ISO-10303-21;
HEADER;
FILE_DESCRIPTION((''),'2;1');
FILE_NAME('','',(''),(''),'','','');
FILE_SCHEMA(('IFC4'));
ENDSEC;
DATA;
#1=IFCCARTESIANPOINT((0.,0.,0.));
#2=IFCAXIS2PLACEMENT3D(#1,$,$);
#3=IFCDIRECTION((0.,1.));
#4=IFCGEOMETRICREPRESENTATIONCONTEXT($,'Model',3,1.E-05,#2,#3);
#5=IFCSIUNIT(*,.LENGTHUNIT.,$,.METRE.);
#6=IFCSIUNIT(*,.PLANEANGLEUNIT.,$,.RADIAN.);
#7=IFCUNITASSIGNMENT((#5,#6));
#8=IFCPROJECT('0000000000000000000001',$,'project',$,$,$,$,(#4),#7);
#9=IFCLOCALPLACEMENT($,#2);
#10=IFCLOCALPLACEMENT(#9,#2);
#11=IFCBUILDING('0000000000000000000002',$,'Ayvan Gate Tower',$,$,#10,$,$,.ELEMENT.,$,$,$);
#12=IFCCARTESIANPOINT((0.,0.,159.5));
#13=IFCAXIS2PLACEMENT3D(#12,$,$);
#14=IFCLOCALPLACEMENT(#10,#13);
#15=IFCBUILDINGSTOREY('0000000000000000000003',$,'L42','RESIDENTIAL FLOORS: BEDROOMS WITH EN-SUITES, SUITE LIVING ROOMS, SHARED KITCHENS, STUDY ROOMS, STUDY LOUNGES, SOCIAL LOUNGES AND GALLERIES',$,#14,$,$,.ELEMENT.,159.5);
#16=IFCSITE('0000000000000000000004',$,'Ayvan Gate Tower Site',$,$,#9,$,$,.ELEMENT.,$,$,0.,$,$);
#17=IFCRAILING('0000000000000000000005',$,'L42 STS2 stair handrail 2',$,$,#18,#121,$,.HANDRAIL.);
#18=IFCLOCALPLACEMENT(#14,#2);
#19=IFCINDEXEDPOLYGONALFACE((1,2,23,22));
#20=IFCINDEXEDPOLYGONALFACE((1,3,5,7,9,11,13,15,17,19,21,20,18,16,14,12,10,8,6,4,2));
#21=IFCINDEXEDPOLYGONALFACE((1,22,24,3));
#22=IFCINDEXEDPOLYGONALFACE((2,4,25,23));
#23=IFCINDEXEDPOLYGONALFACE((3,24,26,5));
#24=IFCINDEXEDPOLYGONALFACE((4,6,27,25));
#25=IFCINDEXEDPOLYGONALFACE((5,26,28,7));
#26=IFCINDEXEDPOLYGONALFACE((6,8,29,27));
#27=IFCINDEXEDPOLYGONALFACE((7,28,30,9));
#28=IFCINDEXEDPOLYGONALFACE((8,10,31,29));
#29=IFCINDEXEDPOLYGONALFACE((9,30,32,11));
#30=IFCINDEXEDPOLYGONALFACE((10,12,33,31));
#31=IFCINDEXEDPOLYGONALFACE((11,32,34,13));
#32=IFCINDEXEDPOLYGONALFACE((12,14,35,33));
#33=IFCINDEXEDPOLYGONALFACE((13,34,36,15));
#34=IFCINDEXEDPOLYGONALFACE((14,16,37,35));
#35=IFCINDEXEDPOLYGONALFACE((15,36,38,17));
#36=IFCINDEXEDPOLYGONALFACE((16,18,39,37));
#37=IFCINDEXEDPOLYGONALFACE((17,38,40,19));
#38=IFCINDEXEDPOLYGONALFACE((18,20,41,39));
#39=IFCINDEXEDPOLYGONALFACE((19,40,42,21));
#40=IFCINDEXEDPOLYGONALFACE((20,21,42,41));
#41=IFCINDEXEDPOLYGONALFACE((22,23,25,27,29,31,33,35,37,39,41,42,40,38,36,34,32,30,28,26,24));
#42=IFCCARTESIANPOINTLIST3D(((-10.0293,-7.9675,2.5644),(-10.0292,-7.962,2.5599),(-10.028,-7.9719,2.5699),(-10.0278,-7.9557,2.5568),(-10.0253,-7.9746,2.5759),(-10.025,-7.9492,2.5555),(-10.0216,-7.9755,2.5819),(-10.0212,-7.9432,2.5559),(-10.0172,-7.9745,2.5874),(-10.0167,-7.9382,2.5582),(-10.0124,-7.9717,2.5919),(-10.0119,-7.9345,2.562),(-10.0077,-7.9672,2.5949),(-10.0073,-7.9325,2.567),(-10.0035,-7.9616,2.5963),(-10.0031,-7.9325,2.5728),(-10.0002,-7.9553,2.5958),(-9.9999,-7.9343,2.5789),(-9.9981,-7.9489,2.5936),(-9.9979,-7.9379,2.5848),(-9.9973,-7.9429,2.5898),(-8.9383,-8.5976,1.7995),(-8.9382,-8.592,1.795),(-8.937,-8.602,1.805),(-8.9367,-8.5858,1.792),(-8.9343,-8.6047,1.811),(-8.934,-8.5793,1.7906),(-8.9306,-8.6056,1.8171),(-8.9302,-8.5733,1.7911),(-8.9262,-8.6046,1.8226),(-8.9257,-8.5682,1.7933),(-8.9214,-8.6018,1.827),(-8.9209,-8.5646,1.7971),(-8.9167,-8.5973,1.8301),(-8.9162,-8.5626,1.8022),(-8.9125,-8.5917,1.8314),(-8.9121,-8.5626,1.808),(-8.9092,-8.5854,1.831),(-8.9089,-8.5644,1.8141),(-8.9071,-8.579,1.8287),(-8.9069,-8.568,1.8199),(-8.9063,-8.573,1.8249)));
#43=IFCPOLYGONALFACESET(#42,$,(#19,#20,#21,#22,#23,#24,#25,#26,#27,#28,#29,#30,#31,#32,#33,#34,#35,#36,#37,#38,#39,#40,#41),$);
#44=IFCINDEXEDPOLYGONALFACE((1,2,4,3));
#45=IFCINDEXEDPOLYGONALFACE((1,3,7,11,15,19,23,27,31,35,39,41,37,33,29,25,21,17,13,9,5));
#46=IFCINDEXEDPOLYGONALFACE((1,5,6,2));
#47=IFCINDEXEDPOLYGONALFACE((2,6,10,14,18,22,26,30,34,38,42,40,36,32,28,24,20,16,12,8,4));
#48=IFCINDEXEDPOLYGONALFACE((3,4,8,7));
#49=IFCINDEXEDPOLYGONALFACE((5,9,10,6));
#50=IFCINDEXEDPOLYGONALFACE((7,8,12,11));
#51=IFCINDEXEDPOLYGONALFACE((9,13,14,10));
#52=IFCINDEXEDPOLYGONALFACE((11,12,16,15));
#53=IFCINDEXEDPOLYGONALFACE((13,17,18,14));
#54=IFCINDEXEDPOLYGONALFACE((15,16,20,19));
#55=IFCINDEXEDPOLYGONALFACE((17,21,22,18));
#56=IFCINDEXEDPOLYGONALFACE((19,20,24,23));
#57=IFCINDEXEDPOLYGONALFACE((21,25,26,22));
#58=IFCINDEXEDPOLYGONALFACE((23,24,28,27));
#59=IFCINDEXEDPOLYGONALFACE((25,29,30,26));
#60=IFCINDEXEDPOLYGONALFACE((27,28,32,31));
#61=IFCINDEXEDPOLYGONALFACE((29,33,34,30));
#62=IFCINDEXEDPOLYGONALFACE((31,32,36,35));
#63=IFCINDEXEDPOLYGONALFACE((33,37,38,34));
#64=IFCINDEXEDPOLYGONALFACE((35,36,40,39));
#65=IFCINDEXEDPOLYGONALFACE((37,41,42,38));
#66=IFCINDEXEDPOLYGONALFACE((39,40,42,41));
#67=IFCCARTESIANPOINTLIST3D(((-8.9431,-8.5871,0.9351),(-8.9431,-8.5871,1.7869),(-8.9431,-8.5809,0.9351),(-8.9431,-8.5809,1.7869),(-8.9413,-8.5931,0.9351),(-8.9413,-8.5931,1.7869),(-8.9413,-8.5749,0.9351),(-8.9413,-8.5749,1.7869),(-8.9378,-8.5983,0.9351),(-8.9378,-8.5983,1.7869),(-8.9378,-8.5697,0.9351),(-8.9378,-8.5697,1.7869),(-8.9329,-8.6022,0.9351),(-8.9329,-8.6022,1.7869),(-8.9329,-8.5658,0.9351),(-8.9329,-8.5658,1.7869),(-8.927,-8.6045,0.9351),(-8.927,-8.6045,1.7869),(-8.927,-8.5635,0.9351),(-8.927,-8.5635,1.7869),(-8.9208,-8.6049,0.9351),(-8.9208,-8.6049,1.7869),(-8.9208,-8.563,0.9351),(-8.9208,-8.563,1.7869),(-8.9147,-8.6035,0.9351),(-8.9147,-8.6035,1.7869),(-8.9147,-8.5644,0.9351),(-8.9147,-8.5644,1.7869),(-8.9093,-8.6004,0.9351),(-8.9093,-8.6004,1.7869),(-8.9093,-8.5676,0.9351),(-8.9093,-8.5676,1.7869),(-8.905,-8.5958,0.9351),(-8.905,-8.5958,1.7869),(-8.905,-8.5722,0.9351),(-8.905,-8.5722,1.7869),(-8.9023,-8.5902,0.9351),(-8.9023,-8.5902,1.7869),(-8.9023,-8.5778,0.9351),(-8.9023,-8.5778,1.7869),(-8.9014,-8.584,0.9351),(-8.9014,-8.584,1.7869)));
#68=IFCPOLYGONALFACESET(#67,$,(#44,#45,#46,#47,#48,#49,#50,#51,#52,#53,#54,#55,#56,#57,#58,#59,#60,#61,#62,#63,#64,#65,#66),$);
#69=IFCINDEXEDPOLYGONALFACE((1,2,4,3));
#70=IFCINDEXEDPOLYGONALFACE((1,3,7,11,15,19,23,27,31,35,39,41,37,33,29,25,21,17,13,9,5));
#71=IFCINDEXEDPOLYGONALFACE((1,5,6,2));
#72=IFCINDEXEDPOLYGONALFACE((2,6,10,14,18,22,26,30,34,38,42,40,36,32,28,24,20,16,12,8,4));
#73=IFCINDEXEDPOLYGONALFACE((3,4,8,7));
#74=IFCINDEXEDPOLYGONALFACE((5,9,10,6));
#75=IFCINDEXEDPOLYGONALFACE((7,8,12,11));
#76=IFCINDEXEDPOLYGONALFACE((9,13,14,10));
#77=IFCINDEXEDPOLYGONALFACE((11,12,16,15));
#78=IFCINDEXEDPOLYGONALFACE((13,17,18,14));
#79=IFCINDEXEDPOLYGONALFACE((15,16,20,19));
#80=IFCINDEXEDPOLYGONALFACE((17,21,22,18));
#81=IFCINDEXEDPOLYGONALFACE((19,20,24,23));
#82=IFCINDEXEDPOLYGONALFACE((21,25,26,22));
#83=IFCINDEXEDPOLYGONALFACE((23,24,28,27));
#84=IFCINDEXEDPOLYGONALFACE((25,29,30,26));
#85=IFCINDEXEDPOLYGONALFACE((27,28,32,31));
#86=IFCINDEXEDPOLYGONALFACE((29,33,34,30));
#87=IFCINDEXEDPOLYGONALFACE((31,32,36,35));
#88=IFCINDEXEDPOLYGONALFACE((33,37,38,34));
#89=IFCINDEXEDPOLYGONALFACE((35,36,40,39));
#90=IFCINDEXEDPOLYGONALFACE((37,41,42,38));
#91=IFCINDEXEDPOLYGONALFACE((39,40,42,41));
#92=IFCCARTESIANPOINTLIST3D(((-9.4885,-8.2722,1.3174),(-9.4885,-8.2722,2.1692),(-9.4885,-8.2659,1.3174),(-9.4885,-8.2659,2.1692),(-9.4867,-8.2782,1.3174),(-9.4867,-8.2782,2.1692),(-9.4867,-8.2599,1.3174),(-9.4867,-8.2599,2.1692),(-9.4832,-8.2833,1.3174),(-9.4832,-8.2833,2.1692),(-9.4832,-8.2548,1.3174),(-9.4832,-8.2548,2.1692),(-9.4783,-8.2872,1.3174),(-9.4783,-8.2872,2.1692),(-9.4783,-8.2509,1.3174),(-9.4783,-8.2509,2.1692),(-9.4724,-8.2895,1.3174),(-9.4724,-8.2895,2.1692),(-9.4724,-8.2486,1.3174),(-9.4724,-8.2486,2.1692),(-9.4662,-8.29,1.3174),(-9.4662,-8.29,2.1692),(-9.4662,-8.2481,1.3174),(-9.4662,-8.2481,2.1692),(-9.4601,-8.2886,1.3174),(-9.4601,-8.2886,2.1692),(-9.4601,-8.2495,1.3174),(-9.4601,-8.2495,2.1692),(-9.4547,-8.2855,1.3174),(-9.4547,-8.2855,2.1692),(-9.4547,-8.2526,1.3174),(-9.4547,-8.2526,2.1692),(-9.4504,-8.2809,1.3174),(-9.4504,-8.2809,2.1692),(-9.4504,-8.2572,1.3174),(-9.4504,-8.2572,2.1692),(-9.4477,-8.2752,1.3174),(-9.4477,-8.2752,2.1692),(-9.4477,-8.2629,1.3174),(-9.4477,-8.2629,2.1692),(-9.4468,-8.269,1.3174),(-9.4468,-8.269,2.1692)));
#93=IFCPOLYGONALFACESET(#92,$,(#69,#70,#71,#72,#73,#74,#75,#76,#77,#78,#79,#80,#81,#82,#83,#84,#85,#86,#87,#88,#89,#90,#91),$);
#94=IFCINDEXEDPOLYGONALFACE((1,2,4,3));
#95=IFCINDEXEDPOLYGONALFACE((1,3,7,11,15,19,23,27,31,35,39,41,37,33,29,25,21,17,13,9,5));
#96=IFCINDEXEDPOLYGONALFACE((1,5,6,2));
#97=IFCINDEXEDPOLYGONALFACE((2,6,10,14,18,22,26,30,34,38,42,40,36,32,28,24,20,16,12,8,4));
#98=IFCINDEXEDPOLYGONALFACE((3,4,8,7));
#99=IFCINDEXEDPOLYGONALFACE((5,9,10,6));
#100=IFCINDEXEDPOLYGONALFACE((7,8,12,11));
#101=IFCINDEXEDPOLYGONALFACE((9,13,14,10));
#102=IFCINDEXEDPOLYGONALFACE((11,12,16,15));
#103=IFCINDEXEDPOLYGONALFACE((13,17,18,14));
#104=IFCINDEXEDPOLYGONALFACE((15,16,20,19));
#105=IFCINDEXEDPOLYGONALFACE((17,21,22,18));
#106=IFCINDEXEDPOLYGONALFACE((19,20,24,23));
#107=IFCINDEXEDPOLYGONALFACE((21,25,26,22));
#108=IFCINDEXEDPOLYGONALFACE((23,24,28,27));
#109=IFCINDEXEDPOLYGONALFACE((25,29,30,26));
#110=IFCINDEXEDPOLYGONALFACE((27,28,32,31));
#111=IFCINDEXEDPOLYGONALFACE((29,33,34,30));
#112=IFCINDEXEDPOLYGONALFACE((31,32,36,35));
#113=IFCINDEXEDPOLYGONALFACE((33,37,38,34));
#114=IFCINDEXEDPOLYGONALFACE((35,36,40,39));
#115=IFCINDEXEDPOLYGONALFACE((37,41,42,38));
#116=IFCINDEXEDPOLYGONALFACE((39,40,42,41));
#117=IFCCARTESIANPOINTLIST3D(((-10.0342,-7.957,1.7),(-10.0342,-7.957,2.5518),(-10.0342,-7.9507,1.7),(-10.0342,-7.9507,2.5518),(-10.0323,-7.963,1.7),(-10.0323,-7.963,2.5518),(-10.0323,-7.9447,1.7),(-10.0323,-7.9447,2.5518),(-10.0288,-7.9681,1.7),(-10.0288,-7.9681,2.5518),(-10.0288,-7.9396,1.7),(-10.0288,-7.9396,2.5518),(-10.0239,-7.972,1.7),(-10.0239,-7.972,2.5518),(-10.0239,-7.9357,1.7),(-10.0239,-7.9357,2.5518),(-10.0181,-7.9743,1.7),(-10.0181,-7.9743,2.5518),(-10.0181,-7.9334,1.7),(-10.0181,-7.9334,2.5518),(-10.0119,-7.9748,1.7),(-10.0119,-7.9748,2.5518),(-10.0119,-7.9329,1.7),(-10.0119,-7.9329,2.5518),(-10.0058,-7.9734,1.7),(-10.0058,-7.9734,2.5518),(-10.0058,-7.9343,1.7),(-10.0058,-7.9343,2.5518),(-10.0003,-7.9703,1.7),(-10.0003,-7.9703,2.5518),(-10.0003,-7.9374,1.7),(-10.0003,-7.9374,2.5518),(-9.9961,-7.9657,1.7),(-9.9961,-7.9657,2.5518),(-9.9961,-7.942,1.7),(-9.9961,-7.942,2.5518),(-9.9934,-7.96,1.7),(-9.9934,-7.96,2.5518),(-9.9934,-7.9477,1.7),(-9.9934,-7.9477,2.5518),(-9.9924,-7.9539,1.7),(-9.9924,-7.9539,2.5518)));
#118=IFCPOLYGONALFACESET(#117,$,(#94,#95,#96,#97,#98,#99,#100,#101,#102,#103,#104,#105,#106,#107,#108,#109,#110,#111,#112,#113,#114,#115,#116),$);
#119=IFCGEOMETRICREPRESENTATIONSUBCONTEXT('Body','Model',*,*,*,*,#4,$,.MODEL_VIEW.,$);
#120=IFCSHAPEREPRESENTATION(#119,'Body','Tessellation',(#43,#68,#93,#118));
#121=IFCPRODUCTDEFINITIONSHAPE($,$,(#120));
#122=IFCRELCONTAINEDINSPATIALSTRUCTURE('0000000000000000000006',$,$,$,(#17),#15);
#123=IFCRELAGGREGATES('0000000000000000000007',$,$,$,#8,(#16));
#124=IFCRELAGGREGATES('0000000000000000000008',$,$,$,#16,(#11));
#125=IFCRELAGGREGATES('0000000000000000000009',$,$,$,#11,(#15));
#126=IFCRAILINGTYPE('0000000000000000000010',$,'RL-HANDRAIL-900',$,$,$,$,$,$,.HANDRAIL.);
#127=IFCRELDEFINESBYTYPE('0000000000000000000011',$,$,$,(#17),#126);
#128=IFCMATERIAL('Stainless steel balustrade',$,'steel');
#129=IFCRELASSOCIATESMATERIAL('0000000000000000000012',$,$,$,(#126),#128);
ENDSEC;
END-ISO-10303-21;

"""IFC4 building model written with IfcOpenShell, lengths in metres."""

from ifc_helpers import new_model, si_unit, direction, frame, origin, origin_2d, place, context, subcontext, project, spatial, circle, extrude, material, type_object, element, save


model = new_model("IFC4")

# Units and contexts
model_context = context("Model", 3, precision=1e-05, world=origin(), true_north=direction((0.0, 1.0)))
body_context = subcontext(model_context, "Body", "Model", "MODEL_VIEW")
ifc_project = project(units=[si_unit("LENGTHUNIT", "METRE"), si_unit("PLANEANGLEUNIT", "RADIAN")], contexts=[model_context])

# Site, building, storey
site_placement = place(None, origin())
site = spatial("IfcSite", under=ifc_project, at=site_placement, Name="Ayvan Gate Tower Site", CompositionType="ELEMENT", RefElevation=0.0)
building_placement = place(site_placement, origin())
building = spatial("IfcBuilding", under=site, at=building_placement, Name="Ayvan Gate Tower", CompositionType="ELEMENT")
storey_placement = place(building_placement, frame((0.0, 0.0, 159.5)))
storey = spatial("IfcBuildingStorey", under=building, at=storey_placement, Name="L42", Description="RESIDENTIAL FLOORS: BEDROOMS WITH EN-SUITES, SUITE LIVING ROOMS, SHARED KITCHENS, STUDY ROOMS, STUDY LOUNGES, SOCIAL LOUNGES AND GALLERIES", CompositionType="ELEMENT", Elevation=159.5)

# Railing
ifc_material_1 = material(Name="Stainless steel balustrade", Category="steel")
railing_type_1 = type_object("IfcRailingType", Name="RL-HANDRAIL-900", PredefinedType="HANDRAIL", material=ifc_material_1)
railing_1_placement = place(storey_placement, frame((-8.9224, -8.584, 0.9351)))
element("IfcRailing", 1, at=railing_1_placement, inside=storey, type_object=railing_type_1, Name="L42 STS2 stair handrail 2", PredefinedType="HANDRAIL", context=body_context, shape_type="SweptSolid", body=[
    extrude(circle(Radius=0.0239, at=origin_2d()), frame((0.0, 0.0, 0.876), z_axis=(-0.740229, 0.427508, 0.518939), x_axis=(-0.500119, -0.865956, 0.0)), (0.0, 0.0, 1.0), 1.4739),
    extrude(circle(Radius=0.021, at=origin_2d()), origin(), (0.0, 0.0, 1.0), 0.8518),
    extrude(circle(Radius=0.021, at=origin_2d()), frame((-0.5454, 0.3149, 0.3823)), (0.0, 0.0, 1.0), 0.8518),
    extrude(circle(Radius=0.021, at=origin_2d()), frame((-1.0911, 0.6301, 0.7649)), (0.0, 0.0, 1.0), 0.8518),
])

save(model, "model.ifc")
